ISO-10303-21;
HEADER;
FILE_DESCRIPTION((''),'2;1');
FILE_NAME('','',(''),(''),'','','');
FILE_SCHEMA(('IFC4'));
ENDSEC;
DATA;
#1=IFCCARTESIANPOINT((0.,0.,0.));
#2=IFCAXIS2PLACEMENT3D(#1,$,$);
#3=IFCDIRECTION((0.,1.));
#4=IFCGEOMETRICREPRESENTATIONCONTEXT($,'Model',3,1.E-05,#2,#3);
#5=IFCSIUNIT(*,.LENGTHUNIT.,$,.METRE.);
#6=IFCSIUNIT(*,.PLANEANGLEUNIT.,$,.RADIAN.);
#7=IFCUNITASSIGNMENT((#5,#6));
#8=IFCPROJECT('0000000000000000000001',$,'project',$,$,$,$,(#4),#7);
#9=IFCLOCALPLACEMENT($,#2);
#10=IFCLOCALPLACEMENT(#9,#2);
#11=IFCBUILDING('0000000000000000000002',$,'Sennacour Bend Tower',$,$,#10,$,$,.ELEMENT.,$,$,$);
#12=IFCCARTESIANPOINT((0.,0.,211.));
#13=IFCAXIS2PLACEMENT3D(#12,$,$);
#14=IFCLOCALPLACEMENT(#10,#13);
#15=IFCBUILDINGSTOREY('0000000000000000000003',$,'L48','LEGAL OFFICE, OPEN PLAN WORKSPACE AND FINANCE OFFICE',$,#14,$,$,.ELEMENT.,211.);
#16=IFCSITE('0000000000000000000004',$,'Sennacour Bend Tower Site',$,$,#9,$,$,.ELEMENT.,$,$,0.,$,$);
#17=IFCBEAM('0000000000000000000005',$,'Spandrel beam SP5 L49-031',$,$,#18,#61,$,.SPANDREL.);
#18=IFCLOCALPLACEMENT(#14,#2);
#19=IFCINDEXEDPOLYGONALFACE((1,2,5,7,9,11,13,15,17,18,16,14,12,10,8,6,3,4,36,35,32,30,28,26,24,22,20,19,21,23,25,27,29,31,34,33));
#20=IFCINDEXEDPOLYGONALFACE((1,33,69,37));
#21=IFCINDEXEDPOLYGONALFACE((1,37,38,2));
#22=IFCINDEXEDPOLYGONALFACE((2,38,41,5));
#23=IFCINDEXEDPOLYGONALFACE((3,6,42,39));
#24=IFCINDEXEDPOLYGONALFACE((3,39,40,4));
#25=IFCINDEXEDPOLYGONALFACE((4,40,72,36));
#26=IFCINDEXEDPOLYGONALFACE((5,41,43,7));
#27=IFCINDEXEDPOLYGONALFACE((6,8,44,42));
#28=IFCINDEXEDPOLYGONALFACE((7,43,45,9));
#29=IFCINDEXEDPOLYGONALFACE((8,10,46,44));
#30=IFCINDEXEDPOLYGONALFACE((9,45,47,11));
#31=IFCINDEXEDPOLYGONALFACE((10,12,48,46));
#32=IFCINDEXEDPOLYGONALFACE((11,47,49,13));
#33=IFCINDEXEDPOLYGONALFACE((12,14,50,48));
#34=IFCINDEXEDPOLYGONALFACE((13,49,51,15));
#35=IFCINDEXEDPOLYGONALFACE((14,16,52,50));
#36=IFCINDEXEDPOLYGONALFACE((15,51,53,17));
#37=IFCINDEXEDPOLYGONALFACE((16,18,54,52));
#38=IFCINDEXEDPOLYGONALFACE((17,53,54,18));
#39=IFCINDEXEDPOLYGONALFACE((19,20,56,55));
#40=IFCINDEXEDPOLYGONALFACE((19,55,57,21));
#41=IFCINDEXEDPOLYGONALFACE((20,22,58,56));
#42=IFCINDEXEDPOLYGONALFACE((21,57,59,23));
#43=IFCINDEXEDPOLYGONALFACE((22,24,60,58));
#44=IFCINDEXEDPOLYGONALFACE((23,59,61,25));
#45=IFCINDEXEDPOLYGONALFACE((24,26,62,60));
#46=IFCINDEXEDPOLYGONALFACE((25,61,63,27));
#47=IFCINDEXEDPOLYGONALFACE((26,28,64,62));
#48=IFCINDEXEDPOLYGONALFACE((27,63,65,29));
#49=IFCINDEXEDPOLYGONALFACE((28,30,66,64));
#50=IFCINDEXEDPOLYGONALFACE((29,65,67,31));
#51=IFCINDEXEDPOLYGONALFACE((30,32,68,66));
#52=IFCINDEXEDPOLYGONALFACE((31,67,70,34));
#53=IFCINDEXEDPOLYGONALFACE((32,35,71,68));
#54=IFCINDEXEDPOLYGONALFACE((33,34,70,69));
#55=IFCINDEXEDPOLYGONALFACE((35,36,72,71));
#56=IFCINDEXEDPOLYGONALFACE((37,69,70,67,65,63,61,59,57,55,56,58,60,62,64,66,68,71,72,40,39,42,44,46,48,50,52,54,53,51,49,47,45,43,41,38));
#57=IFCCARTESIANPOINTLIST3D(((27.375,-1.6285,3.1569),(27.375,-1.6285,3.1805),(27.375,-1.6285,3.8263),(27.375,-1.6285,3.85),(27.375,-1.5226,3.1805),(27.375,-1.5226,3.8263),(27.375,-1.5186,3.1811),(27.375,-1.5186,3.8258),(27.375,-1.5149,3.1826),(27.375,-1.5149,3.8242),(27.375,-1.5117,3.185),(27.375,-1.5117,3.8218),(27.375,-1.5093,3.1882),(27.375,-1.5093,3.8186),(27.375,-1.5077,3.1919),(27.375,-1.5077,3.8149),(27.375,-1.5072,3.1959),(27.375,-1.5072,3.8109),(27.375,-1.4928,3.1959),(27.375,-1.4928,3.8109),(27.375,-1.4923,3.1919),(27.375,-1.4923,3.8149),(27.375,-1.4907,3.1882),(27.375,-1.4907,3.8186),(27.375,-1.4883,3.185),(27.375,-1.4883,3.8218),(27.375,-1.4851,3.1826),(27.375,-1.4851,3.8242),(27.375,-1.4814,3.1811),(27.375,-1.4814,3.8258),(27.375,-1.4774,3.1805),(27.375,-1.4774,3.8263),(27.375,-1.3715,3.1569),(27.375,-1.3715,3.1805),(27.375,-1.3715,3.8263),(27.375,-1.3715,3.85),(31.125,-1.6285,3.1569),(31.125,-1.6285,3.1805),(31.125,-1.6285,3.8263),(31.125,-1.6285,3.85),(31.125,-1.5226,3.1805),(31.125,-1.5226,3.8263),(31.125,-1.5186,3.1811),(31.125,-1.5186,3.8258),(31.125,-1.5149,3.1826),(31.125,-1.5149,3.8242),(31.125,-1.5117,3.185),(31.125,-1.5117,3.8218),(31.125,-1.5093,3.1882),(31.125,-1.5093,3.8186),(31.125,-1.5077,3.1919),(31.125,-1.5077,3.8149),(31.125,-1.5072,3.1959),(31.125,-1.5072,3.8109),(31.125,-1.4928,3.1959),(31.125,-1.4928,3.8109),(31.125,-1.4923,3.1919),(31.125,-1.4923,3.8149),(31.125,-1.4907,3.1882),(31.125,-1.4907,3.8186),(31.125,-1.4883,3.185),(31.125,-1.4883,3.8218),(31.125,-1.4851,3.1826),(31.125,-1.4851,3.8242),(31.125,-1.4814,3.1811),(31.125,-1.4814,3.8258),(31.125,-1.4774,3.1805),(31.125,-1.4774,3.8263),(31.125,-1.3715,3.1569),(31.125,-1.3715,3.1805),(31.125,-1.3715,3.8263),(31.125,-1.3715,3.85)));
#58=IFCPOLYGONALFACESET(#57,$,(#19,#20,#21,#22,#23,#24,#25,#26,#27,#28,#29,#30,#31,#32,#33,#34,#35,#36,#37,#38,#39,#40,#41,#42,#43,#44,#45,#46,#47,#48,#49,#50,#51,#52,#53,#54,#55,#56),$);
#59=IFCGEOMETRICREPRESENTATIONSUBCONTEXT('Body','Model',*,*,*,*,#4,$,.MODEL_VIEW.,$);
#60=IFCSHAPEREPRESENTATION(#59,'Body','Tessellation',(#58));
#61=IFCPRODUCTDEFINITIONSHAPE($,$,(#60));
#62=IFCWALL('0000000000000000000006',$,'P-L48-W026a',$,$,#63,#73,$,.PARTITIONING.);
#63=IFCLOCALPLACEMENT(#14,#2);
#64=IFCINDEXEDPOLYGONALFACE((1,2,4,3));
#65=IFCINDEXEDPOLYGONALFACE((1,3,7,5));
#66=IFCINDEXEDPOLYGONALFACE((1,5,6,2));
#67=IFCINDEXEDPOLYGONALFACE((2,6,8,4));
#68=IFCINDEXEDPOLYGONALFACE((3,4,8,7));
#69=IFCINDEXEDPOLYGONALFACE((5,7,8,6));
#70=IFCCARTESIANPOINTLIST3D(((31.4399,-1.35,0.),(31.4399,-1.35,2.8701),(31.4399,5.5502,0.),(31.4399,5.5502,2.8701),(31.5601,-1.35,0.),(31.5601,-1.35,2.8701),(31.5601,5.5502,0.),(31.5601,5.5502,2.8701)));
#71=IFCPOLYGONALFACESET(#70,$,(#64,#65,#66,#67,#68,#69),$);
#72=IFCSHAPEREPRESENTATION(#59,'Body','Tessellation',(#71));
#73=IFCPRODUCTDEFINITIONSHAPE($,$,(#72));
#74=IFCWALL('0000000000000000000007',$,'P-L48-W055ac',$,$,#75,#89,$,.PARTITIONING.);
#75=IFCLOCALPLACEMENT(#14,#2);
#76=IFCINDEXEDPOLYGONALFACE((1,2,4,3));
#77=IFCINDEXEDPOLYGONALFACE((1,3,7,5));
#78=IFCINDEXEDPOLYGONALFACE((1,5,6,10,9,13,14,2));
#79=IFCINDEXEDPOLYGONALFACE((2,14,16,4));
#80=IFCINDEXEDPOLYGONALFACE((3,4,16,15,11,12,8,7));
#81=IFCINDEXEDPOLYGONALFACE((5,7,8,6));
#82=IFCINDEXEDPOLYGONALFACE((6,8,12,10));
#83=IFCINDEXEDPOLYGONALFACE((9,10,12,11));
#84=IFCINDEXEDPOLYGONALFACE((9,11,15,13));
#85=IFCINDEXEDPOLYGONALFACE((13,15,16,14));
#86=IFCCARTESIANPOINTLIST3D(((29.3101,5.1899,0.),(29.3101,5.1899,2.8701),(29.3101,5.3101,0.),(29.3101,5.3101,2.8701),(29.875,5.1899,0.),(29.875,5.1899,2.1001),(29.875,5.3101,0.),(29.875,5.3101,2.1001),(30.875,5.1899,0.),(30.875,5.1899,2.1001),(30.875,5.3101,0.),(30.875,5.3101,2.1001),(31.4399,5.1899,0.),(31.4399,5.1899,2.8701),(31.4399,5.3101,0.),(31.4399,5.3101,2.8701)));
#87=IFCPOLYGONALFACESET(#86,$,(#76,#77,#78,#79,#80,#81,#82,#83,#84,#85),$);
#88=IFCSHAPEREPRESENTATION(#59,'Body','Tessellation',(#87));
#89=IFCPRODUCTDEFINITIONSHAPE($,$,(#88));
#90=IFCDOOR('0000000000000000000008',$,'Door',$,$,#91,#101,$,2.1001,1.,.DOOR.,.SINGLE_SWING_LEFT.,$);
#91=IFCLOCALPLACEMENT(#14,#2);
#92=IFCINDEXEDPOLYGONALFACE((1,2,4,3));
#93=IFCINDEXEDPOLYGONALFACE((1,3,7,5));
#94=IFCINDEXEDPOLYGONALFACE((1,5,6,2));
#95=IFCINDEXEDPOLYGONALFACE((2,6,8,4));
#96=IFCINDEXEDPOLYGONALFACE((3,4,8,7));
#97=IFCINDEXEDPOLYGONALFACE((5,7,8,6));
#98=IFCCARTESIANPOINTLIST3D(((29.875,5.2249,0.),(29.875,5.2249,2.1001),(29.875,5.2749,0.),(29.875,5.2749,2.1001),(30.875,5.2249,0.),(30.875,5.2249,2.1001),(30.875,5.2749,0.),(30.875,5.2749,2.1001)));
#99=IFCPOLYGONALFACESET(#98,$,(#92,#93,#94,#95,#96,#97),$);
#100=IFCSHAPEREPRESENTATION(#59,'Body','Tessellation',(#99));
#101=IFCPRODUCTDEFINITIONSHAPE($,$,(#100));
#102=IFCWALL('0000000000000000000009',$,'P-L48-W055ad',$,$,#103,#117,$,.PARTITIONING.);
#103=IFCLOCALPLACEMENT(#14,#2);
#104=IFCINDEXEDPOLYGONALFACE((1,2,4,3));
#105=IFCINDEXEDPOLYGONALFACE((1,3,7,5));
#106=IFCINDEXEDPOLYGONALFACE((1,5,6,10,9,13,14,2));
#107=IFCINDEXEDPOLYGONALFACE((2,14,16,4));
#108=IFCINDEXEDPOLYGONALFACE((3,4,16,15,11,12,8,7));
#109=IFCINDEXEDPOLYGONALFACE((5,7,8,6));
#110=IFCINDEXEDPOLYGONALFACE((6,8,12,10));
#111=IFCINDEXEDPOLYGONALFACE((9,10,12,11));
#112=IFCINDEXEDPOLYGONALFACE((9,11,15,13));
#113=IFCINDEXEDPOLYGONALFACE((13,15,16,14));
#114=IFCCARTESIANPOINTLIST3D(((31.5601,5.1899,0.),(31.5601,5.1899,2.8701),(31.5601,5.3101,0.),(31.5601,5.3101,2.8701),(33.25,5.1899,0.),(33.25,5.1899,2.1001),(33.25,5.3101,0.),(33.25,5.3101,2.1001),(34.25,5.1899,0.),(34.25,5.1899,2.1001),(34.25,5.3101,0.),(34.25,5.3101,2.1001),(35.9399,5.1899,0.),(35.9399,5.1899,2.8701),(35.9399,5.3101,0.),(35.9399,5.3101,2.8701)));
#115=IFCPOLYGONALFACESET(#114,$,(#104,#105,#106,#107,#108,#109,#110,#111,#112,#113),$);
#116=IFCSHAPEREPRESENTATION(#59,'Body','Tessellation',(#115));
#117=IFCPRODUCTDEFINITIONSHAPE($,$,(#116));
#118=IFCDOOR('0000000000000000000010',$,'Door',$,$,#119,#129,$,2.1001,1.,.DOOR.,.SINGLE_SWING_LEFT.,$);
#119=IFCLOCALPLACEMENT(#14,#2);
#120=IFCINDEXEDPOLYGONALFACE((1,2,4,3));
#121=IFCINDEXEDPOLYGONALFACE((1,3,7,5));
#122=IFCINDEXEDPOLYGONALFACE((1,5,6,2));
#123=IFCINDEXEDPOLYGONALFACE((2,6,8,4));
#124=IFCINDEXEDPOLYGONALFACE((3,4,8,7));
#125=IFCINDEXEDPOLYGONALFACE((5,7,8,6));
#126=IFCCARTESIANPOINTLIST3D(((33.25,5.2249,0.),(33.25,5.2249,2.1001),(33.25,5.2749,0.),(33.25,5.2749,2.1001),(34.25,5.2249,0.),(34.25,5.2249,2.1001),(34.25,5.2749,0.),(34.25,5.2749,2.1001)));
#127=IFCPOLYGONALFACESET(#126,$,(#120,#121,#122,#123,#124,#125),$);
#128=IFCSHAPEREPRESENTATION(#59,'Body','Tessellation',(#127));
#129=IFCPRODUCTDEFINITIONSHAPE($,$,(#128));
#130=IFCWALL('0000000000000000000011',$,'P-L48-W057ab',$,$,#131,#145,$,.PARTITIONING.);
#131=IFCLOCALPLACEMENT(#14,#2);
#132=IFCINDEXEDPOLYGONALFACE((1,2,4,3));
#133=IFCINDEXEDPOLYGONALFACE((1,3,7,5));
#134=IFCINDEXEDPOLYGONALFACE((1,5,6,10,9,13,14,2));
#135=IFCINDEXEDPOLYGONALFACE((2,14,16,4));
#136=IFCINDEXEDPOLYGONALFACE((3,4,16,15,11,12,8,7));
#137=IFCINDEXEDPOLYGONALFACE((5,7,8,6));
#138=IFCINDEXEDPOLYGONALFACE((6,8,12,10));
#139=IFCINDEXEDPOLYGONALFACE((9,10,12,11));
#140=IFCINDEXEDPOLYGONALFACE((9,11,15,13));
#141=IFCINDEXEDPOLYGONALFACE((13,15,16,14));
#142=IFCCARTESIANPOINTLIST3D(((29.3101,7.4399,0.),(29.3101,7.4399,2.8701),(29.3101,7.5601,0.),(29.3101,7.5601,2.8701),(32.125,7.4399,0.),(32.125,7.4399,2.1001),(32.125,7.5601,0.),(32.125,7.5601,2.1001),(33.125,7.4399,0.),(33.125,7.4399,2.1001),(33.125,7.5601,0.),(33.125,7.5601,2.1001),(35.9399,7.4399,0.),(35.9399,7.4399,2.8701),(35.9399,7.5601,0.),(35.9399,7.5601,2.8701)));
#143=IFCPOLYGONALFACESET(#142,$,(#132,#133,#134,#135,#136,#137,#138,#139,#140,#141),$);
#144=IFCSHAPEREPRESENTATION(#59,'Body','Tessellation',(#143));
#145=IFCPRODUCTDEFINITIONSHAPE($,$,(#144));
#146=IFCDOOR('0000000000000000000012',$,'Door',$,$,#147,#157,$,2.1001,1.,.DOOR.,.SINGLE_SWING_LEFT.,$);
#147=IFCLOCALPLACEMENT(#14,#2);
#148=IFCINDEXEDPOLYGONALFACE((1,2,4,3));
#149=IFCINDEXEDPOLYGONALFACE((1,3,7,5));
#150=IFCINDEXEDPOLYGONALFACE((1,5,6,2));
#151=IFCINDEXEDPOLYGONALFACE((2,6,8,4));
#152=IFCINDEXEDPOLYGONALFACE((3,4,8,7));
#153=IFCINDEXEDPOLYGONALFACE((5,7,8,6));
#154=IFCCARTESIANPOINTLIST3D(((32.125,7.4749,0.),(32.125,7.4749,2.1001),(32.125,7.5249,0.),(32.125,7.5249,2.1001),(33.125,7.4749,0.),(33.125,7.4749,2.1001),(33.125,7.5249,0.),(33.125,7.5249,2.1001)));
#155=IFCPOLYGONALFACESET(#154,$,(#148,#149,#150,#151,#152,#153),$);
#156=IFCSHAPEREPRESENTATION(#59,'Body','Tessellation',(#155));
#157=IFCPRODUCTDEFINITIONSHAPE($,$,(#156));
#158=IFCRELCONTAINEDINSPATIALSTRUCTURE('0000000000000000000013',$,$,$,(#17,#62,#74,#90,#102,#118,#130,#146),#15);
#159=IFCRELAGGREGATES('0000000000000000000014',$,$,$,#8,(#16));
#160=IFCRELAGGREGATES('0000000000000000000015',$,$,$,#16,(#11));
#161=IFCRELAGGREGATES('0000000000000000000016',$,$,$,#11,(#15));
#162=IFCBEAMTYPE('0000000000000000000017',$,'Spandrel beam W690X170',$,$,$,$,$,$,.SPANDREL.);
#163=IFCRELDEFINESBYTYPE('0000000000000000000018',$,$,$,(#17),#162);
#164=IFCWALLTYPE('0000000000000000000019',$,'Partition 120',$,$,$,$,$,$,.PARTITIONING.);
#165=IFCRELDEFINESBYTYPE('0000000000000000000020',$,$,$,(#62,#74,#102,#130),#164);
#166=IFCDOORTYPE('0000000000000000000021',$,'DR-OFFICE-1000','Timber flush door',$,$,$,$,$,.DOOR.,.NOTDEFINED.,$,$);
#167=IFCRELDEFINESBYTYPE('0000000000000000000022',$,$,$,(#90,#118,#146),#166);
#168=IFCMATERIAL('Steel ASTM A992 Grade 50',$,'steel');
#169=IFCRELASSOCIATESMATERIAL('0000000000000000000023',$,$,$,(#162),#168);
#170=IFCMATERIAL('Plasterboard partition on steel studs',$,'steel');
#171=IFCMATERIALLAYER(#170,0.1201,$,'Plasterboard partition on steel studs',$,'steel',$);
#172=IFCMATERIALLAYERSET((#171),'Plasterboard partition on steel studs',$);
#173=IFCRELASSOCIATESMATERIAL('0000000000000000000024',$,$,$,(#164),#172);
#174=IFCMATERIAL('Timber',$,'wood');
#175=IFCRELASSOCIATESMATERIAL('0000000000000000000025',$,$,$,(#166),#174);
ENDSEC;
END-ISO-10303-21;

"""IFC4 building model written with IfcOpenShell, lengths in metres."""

from ifc_helpers import new_model, si_unit, direction, frame, frame_2d, origin, origin_2d, place, context, subcontext, project, spatial, rectangle, i_section, extrude, material, layer, layer_set, material_profile, profile_set, type_object, element, fill, save


model = new_model("IFC4")

# Units and contexts
model_context = context("Model", 3, precision=1e-05, world=origin(), true_north=direction((0.0, 1.0)))
body_context = subcontext(model_context, "Body", "Model", "MODEL_VIEW")
ifc_project = project(units=[si_unit("LENGTHUNIT", "METRE"), si_unit("PLANEANGLEUNIT", "RADIAN")], contexts=[model_context])

# Site, building, storey
site_placement = place(None, origin())
site = spatial("IfcSite", under=ifc_project, at=site_placement, Name="Sennacour Bend Tower Site", CompositionType="ELEMENT", RefElevation=0.0)
building_placement = place(site_placement, origin())
building = spatial("IfcBuilding", under=site, at=building_placement, Name="Sennacour Bend Tower", CompositionType="ELEMENT")
storey_placement = place(building_placement, frame((0.0, 0.0, 211.0)))
storey = spatial("IfcBuildingStorey", under=building, at=storey_placement, Name="L48", Description="LEGAL OFFICE, OPEN PLAN WORKSPACE AND FINANCE OFFICE", CompositionType="ELEMENT", Elevation=211.0)

# Beam
ifc_material_1 = material(Name="Steel ASTM A992 Grade 50", Category="steel")
ifc_material_profile_1 = material_profile(ifc_material_1, i_section(OverallWidth=0.2571, OverallDepth=0.6931, WebThickness=0.0144, FlangeThickness=0.0237, FilletRadius=0.0154, at=origin_2d()), Name="Steel ASTM A992 Grade 50", Category="steel")
ifc_profile_set_1 = profile_set([ifc_material_profile_1], Name="Steel ASTM A992 Grade 50")
beam_type_1 = type_object("IfcBeamType", Name="Spandrel beam W690X170", PredefinedType="SPANDREL", material=ifc_profile_set_1)
for number, where, z_axis, x_axis, name in (
    (1, (31.125, -1.5, 3.5034), (-1.0, 0.0, 0.0), (0.0, -1.0, 0.0), "Spandrel beam SP5 L49-031"),
):
    element("IfcBeam", number, at=place(storey_placement, frame(where, z_axis=z_axis, x_axis=x_axis)), inside=storey, type_object=beam_type_1, Name=name, PredefinedType="SPANDREL", context=body_context, shape_type="SweptSolid", body=[
        extrude(i_section(OverallWidth=0.2571, OverallDepth=0.6931, WebThickness=0.0144, FlangeThickness=0.0237, FilletRadius=0.0154, at=origin_2d()), origin(), (0.0, 0.0, 1.0), 3.75),
    ])

# Wall
ifc_material_2 = material(Name="Plasterboard partition on steel studs", Category="steel")
ifc_layer_1 = layer(ifc_material_2, 0.1201, Name="Plasterboard partition on steel studs", Category="steel")
ifc_layer_set_1 = layer_set([ifc_layer_1], Name="Plasterboard partition on steel studs")
wall_type_1 = type_object("IfcWallType", Name="Partition 120", PredefinedType="PARTITIONING", material=ifc_layer_set_1)
wall_1_placement = place(storey_placement, frame((31.5, -1.3501, 0.0), z_axis=(0.0, 0.0, 1.0), x_axis=(0.0, 1.0, 0.0)))
element("IfcWall", 2, at=wall_1_placement, inside=storey, type_object=wall_type_1, Name="P-L48-W026a", PredefinedType="PARTITIONING", context=body_context, shape_type="SweptSolid", body=[
    extrude(rectangle(XDim=6.9001, YDim=0.1201, at=frame_2d((3.4502, 0.0))), origin(), (0.0, 0.0, 1.0), 2.8701),
])

# Walls, openings, doors
wall_2_placement = place(storey_placement, frame((29.3101, 5.25, 0.0), z_axis=(0.0, 0.0, 1.0), x_axis=(1.0, 0.0, 0.0)))
wall_2 = element("IfcWall", 3, at=wall_2_placement, inside=storey, type_object=wall_type_1, Name="P-L48-W055ac", PredefinedType="PARTITIONING", context=body_context, shape_type="SweptSolid", body=[
    extrude(rectangle(XDim=2.1299, YDim=0.1201, at=frame_2d((1.0649, 0.0))), origin(), (0.0, 0.0, 1.0), 2.8701),
])
opening_1_placement = place(wall_2_placement, frame((0.5649, 0.0, 0.0)))
opening_1 = element("IfcOpeningElement", 4, at=opening_1_placement, cuts=wall_2, PredefinedType="OPENING", context=body_context, shape_type="SweptSolid", body=[
    extrude(rectangle(XDim=1.0, YDim=2.1001, at=frame_2d((0.5, 1.05))), frame((0.0, 0.0701, 0.0), z_axis=(0.0, -1.0, 0.0), x_axis=(1.0, 0.0, 0.0)), (0.0, 0.0, 1.0), 0.1401),
])
ifc_material_3 = material(Name="Timber", Category="wood")
door_type_1 = type_object("IfcDoorType", Name="DR-OFFICE-1000", Description="Timber flush door", OperationType="NOTDEFINED", PredefinedType="DOOR", material=ifc_material_3)
door_1_placement = place(opening_1_placement, origin())
door_1 = element("IfcDoor", 5, at=door_1_placement, inside=storey, type_object=door_type_1, Name="Door", OperationType="SINGLE_SWING_LEFT", OverallHeight=2.1001, OverallWidth=1.0, PredefinedType="DOOR", context=body_context, shape_type="SweptSolid", body=[
    extrude(rectangle(XDim=1.0, YDim=2.1001, at=frame_2d((0.5, 1.05))), frame((0.0, 0.0249, 0.0), z_axis=(0.0, -1.0, 0.0), x_axis=(1.0, 0.0, 0.0)), (0.0, 0.0, 1.0), 0.05),
])
fill(opening_1, door_1)
wall_3_placement = place(storey_placement, frame((31.5601, 5.25, 0.0), z_axis=(0.0, 0.0, 1.0), x_axis=(1.0, 0.0, 0.0)))
wall_3 = element("IfcWall", 6, at=wall_3_placement, inside=storey, type_object=wall_type_1, Name="P-L48-W055ad", PredefinedType="PARTITIONING", context=body_context, shape_type="SweptSolid", body=[
    extrude(rectangle(XDim=4.3799, YDim=0.1201, at=frame_2d((2.1899, 0.0))), origin(), (0.0, 0.0, 1.0), 2.8701),
])
opening_2_placement = place(wall_3_placement, frame((1.6899, 0.0, 0.0)))
opening_2 = element("IfcOpeningElement", 7, at=opening_2_placement, cuts=wall_3, PredefinedType="OPENING", context=body_context, shape_type="SweptSolid", body=[
    extrude(rectangle(XDim=1.0, YDim=2.1001, at=frame_2d((0.5, 1.05))), frame((0.0, 0.0701, 0.0), z_axis=(0.0, -1.0, 0.0), x_axis=(1.0, 0.0, 0.0)), (0.0, 0.0, 1.0), 0.1401),
])
door_2_placement = place(opening_2_placement, origin())
door_2 = element("IfcDoor", 8, at=door_2_placement, inside=storey, type_object=door_type_1, Name="Door", OperationType="SINGLE_SWING_LEFT", OverallHeight=2.1001, OverallWidth=1.0, PredefinedType="DOOR", context=body_context, shape_type="SweptSolid", body=[
    extrude(rectangle(XDim=1.0, YDim=2.1001, at=frame_2d((0.5, 1.05))), frame((0.0, 0.0249, 0.0), z_axis=(0.0, -1.0, 0.0), x_axis=(1.0, 0.0, 0.0)), (0.0, 0.0, 1.0), 0.05),
])
fill(opening_2, door_2)
wall_4_placement = place(storey_placement, frame((29.3101, 7.5, 0.0), z_axis=(0.0, 0.0, 1.0), x_axis=(1.0, 0.0, 0.0)))
wall_4 = element("IfcWall", 9, at=wall_4_placement, inside=storey, type_object=wall_type_1, Name="P-L48-W057ab", PredefinedType="PARTITIONING", context=body_context, shape_type="SweptSolid", body=[
    extrude(rectangle(XDim=6.6299, YDim=0.1201, at=frame_2d((3.3149, 0.0))), origin(), (0.0, 0.0, 1.0), 2.8701),
])
opening_3_placement = place(wall_4_placement, frame((2.8149, 0.0, 0.0)))
opening_3 = element("IfcOpeningElement", 10, at=opening_3_placement, cuts=wall_4, PredefinedType="OPENING", context=body_context, shape_type="SweptSolid", body=[
    extrude(rectangle(XDim=1.0, YDim=2.1001, at=frame_2d((0.5, 1.05))), frame((0.0, 0.0701, 0.0), z_axis=(0.0, -1.0, 0.0), x_axis=(1.0, 0.0, 0.0)), (0.0, 0.0, 1.0), 0.1401),
])
door_3_placement = place(opening_3_placement, origin())
door_3 = element("IfcDoor", 11, at=door_3_placement, inside=storey, type_object=door_type_1, Name="Door", OperationType="SINGLE_SWING_LEFT", OverallHeight=2.1001, OverallWidth=1.0, PredefinedType="DOOR", context=body_context, shape_type="SweptSolid", body=[
    extrude(rectangle(XDim=1.0, YDim=2.1001, at=frame_2d((0.5, 1.05))), frame((0.0, 0.0249, 0.0), z_axis=(0.0, -1.0, 0.0), x_axis=(1.0, 0.0, 0.0)), (0.0, 0.0, 1.0), 0.05),
])
fill(opening_3, door_3)

save(model, "model.ifc")
